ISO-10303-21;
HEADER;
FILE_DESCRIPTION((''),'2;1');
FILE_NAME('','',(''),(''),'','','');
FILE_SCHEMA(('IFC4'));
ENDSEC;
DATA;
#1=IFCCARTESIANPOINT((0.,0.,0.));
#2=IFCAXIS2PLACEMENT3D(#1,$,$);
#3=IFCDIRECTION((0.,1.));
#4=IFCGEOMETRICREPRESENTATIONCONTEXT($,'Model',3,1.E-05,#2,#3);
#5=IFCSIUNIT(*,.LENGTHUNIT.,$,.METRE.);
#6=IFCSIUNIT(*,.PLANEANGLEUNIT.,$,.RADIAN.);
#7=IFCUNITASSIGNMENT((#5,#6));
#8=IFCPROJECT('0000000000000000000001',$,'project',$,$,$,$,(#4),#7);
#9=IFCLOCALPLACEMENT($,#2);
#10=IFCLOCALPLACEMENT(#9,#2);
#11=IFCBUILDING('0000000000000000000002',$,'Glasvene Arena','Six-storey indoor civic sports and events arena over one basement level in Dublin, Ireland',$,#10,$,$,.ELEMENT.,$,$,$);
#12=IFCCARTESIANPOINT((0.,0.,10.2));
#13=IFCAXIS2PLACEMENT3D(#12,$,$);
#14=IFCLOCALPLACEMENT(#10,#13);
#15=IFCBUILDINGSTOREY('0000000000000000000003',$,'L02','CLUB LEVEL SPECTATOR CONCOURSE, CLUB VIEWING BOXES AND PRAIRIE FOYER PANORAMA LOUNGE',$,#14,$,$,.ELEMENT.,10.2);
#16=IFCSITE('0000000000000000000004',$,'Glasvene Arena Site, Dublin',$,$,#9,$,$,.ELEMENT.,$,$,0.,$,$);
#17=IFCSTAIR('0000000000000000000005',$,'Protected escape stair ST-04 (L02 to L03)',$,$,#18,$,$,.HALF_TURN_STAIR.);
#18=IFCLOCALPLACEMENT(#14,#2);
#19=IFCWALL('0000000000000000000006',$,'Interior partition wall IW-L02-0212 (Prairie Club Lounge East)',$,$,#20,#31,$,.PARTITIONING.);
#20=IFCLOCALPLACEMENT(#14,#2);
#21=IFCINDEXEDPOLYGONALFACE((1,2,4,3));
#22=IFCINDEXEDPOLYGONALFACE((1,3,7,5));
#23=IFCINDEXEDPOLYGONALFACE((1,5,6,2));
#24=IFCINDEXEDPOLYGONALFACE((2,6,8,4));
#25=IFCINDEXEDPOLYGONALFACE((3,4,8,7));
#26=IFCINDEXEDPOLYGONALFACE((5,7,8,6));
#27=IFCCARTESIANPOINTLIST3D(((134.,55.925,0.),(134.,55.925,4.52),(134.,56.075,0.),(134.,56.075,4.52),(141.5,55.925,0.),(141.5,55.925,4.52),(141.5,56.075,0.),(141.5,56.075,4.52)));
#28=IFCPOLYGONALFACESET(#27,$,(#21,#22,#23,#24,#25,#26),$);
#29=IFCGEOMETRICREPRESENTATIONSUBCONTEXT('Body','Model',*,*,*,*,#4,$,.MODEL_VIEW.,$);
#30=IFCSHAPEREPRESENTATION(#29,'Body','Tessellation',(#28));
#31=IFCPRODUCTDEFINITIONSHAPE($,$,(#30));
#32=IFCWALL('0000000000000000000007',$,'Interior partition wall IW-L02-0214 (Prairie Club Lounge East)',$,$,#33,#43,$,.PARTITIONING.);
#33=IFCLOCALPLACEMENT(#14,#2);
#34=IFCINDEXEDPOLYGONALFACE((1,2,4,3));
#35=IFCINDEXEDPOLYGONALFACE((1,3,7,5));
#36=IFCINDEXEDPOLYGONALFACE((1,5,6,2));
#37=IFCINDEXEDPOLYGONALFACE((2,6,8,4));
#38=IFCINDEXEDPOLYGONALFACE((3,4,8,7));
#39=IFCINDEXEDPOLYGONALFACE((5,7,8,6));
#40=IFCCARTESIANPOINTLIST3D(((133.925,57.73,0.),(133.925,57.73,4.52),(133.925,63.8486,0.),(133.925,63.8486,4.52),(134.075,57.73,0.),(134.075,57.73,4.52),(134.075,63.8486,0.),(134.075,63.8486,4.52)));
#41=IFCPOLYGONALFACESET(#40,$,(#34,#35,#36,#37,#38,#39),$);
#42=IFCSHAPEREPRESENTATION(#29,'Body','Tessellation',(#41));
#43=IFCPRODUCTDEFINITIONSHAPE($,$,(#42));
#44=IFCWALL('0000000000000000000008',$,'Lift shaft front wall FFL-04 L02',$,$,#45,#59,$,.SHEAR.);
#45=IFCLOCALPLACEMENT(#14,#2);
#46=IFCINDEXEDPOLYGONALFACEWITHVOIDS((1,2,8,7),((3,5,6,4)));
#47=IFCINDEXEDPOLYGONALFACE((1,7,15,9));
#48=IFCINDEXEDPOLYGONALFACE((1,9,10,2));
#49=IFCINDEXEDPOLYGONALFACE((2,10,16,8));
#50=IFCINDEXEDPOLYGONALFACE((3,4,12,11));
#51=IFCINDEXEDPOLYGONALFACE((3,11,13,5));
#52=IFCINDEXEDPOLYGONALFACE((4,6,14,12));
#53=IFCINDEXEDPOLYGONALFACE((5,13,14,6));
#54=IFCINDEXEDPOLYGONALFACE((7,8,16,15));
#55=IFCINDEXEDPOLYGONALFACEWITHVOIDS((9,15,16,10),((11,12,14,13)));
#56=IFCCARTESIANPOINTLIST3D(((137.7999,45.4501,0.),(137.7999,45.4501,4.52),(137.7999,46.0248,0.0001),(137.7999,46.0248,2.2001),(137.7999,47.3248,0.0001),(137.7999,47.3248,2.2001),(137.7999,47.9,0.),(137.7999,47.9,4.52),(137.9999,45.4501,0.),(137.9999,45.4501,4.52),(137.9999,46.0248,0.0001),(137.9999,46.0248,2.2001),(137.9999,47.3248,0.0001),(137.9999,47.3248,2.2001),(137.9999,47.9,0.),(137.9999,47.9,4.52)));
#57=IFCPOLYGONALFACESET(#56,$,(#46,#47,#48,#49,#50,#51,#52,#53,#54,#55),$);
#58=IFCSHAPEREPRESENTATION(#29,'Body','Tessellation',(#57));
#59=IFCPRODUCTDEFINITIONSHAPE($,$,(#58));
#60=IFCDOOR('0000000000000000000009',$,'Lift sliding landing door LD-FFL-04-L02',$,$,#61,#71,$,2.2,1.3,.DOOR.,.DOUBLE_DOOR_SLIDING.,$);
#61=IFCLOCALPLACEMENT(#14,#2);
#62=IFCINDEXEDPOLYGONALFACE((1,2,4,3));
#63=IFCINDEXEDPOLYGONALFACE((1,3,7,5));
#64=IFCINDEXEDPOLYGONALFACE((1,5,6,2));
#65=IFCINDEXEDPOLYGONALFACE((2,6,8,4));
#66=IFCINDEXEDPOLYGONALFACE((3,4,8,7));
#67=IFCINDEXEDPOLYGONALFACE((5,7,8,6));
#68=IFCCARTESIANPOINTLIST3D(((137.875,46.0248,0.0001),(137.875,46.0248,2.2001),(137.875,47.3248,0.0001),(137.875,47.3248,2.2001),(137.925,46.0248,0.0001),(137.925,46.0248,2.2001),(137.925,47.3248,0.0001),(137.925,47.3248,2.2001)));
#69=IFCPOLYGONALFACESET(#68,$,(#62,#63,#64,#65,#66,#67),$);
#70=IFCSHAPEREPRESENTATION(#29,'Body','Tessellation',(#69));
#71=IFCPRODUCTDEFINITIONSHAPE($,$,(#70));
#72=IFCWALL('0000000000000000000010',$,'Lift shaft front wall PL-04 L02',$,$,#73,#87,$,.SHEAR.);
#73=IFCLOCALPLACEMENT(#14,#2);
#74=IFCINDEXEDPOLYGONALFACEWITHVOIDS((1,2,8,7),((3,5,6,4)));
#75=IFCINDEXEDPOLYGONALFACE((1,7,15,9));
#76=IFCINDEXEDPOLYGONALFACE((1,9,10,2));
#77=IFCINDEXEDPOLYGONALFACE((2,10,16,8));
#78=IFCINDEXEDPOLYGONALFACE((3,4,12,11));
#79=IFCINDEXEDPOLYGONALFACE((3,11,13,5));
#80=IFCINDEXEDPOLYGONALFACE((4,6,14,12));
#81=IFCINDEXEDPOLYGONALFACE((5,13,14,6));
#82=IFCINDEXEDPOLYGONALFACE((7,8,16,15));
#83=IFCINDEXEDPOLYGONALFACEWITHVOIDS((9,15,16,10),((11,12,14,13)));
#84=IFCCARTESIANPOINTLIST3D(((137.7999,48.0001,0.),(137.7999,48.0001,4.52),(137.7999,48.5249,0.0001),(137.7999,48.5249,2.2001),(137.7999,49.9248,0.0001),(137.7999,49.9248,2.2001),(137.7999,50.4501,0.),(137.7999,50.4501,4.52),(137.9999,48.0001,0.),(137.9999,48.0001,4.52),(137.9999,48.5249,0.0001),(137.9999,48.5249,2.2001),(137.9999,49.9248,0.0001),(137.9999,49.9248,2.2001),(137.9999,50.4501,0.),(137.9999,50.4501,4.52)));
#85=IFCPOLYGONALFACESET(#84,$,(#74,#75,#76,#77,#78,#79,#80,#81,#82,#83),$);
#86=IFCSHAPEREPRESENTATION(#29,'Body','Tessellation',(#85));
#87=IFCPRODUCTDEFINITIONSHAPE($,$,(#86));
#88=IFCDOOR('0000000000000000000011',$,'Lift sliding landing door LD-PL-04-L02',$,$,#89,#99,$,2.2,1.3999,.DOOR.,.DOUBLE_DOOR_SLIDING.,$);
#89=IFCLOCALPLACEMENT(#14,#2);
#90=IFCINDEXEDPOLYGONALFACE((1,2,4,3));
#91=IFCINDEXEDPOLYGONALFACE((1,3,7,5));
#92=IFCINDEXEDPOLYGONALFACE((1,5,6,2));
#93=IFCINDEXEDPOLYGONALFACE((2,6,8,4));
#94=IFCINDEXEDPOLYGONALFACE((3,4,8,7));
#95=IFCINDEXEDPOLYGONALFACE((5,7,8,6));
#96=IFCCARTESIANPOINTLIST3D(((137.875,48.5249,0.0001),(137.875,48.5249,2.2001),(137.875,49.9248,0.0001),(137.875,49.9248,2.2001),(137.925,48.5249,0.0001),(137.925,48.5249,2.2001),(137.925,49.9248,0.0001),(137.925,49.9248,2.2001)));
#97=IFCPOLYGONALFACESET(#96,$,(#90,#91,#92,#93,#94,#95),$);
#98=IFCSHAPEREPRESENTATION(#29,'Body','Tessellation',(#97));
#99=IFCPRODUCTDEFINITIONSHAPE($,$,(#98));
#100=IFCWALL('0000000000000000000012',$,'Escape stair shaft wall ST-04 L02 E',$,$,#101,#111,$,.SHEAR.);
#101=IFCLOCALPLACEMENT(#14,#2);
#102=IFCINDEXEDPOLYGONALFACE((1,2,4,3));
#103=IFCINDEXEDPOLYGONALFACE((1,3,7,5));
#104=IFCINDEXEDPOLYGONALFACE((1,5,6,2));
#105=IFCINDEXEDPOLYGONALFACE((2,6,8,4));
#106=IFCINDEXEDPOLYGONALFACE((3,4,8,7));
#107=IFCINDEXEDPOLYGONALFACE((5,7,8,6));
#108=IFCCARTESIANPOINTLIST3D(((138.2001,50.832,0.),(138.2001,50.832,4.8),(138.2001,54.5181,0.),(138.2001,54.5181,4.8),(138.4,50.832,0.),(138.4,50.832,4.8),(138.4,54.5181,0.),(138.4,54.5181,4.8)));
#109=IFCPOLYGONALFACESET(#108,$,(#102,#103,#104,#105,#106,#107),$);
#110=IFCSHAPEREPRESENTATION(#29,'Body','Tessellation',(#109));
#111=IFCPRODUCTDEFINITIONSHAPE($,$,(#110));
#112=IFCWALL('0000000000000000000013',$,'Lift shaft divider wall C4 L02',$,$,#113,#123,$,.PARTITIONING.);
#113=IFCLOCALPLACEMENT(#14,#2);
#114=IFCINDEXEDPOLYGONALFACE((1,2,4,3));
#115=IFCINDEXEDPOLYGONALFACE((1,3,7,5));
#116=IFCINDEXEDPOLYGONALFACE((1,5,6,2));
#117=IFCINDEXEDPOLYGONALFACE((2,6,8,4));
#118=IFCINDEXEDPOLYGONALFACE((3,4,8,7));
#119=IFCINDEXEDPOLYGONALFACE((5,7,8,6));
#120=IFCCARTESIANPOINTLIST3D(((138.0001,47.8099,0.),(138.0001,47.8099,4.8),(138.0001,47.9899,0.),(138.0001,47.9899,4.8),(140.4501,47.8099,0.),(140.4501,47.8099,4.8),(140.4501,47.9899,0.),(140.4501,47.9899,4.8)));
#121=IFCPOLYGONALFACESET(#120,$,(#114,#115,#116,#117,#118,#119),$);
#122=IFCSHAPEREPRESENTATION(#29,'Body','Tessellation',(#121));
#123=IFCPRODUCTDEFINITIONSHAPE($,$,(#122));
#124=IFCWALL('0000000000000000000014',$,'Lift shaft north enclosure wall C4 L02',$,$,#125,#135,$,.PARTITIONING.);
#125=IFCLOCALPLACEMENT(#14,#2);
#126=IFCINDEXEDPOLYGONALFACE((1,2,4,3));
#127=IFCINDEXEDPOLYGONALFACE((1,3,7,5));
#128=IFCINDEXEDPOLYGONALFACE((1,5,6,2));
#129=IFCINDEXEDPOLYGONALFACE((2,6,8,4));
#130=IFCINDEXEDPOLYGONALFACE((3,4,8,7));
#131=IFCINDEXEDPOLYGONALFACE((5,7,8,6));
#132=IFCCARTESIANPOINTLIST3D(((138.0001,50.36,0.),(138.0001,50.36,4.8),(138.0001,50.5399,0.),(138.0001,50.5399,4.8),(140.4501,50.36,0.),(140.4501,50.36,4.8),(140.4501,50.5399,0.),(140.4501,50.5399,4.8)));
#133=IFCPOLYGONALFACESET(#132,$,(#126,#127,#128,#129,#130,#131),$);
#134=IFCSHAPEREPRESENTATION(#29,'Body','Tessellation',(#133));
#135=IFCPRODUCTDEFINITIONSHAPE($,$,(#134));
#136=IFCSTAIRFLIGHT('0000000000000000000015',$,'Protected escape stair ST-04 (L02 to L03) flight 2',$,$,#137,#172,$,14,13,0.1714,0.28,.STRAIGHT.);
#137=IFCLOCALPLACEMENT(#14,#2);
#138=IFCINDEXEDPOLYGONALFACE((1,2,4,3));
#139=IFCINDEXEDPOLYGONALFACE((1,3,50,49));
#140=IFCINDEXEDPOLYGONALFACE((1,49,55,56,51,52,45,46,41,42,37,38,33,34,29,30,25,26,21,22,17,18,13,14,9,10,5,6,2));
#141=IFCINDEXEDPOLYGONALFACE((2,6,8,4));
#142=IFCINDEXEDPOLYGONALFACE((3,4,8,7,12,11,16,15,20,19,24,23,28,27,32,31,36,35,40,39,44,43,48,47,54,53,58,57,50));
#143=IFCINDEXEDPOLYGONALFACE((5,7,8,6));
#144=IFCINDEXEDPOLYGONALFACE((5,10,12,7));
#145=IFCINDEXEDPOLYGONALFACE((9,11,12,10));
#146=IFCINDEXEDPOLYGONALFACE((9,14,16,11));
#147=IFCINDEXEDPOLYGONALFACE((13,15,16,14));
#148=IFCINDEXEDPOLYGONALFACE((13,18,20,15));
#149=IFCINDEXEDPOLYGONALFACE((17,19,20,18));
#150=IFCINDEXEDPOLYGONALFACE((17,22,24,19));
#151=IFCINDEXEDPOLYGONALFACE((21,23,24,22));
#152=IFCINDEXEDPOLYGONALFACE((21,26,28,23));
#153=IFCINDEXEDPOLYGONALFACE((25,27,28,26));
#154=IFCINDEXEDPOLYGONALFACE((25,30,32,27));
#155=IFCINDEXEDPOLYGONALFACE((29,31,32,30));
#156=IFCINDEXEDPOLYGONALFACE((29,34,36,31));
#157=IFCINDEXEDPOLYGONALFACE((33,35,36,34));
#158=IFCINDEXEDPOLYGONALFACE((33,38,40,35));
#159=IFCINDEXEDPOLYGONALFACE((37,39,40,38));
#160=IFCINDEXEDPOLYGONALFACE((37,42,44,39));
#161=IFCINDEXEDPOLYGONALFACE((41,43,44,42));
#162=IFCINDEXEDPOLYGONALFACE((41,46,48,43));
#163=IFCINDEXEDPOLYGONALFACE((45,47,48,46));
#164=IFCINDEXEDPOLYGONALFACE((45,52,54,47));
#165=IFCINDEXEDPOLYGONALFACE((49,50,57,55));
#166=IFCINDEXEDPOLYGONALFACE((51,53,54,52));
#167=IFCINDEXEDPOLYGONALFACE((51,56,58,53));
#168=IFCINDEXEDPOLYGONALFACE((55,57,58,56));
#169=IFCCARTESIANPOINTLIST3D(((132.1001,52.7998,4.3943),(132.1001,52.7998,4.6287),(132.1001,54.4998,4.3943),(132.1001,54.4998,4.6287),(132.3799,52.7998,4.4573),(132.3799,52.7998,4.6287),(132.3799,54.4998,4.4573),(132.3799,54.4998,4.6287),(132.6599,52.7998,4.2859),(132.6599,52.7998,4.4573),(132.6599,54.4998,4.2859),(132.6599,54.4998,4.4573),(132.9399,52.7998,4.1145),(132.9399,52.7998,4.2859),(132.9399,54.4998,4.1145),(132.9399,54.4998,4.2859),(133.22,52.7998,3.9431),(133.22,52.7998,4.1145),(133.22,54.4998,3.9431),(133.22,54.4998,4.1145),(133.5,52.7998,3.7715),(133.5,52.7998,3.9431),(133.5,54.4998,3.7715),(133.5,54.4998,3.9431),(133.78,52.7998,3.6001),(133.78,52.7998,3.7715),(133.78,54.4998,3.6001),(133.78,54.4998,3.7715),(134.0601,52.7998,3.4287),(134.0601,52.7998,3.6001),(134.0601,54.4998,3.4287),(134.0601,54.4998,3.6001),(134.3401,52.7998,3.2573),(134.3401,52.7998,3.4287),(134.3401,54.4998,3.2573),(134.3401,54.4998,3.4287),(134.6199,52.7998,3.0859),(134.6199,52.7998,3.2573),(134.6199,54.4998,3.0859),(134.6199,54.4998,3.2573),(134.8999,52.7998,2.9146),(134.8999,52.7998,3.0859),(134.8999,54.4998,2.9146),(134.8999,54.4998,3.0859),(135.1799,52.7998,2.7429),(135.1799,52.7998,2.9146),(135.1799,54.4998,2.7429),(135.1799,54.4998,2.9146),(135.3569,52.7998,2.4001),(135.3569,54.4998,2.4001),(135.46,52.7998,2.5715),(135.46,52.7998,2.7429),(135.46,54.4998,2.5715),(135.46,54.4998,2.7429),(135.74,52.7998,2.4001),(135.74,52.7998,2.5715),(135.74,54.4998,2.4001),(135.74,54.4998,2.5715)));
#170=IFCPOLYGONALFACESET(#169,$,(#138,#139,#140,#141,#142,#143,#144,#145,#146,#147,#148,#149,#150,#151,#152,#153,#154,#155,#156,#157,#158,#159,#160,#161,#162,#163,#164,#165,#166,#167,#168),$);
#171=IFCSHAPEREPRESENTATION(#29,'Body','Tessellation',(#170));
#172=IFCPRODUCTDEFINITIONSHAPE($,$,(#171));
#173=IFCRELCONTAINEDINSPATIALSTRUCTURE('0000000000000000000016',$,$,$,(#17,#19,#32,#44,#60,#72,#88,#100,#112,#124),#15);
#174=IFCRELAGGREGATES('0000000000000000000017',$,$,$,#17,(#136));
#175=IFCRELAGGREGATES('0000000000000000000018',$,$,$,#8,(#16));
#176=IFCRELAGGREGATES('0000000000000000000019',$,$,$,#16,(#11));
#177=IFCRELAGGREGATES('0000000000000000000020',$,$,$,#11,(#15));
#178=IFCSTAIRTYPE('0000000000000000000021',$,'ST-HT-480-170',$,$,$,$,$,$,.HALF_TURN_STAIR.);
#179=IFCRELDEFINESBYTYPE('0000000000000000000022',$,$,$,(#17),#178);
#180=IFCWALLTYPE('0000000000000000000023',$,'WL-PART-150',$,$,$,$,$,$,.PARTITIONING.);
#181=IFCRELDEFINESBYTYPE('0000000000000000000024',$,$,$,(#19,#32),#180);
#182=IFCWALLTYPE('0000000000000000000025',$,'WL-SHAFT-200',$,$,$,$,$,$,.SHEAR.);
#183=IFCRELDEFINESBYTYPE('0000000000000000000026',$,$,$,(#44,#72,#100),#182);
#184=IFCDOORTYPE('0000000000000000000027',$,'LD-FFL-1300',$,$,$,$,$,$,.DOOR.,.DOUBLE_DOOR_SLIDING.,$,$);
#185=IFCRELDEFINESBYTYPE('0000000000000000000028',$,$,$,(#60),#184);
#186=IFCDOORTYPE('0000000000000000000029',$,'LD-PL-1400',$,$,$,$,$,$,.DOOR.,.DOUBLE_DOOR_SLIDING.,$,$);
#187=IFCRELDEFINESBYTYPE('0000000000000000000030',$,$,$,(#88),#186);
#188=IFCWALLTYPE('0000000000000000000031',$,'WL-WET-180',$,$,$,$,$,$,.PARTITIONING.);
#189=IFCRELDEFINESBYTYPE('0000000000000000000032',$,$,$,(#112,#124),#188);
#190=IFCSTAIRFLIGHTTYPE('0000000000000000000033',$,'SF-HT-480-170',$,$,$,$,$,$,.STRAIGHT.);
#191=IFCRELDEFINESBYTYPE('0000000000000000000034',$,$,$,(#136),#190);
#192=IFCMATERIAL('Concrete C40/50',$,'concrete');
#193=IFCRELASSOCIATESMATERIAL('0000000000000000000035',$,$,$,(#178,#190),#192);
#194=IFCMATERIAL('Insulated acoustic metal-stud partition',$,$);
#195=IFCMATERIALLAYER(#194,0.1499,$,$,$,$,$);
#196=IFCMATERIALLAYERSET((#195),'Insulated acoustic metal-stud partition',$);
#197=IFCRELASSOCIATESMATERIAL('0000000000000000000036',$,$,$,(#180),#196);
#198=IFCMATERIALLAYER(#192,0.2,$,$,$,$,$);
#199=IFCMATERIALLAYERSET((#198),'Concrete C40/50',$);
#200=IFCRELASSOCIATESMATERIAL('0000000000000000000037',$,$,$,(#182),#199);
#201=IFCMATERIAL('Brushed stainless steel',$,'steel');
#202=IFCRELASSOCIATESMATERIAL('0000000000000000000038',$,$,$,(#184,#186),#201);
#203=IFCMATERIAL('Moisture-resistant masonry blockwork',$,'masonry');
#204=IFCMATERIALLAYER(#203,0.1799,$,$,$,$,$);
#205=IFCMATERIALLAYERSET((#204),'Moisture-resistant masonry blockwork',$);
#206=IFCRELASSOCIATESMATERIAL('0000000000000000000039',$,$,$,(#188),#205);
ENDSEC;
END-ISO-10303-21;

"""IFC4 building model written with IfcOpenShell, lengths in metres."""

from ifc_helpers import new_model, si_unit, direction, frame, frame_2d, origin, place, context, subcontext, project, spatial, polyline, rectangle, outline, extrude, material, layer, layer_set, type_object, element, fill, aggregate, save


model = new_model("IFC4")

# Units and contexts
model_context = context("Model", 3, precision=1e-05, world=origin(), true_north=direction((0.0, 1.0)))
body_context = subcontext(model_context, "Body", "Model", "MODEL_VIEW")
ifc_project = project(units=[si_unit("LENGTHUNIT", "METRE"), si_unit("PLANEANGLEUNIT", "RADIAN")], contexts=[model_context])

# Site, building, storey
site_placement = place(None, origin())
site = spatial("IfcSite", under=ifc_project, at=site_placement, Name="Glasvene Arena Site, Dublin", CompositionType="ELEMENT", RefElevation=0.0)
building_placement = place(site_placement, origin())
building = spatial("IfcBuilding", under=site, at=building_placement, Name="Glasvene Arena", Description="Six-storey indoor civic sports and events arena over one basement level in Dublin, Ireland", CompositionType="ELEMENT")
storey_placement = place(building_placement, frame((0.0, 0.0, 10.2)))
storey = spatial("IfcBuildingStorey", under=building, at=storey_placement, Name="L02", Description="CLUB LEVEL SPECTATOR CONCOURSE, CLUB VIEWING BOXES AND PRAIRIE FOYER PANORAMA LOUNGE", CompositionType="ELEMENT", Elevation=10.2)

# Stair
ifc_material_1 = material(Name="Concrete C40/50", Category="concrete")
stair_type = type_object("IfcStairType", Name="ST-HT-480-170", PredefinedType="HALF_TURN_STAIR", material=ifc_material_1)
stair_placement = place(storey_placement, origin())
stair = element("IfcStair", 1, at=stair_placement, inside=storey, type_object=stair_type, Name="Protected escape stair ST-04 (L02 to L03)", PredefinedType="HALF_TURN_STAIR")

# Walls
ifc_material_2 = material(Name="Insulated acoustic metal-stud partition")
ifc_layer_1 = layer(ifc_material_2, 0.1499)
ifc_layer_set_1 = layer_set([ifc_layer_1], Name="Insulated acoustic metal-stud partition")
wall_type_1 = type_object("IfcWallType", Name="WL-PART-150", PredefinedType="PARTITIONING", material=ifc_layer_set_1)
wall_1_placement = place(storey_placement, frame((141.5, 56.0, 0.0), z_axis=(0.0, 0.0, 1.0), x_axis=(-1.0, 0.0, 0.0)))
element("IfcWall", 2, at=wall_1_placement, inside=storey, type_object=wall_type_1, Name="Interior partition wall IW-L02-0212 (Prairie Club Lounge East)", PredefinedType="PARTITIONING", context=body_context, shape_type="SweptSolid", body=[
    extrude(rectangle(XDim=7.5, YDim=0.1499, at=frame_2d((3.75, 0.0))), origin(), (0.0, 0.0, 1.0), 4.52),
])
wall_2_placement = place(storey_placement, frame((134.0, 57.73, 0.0), z_axis=(0.0, 0.0, 1.0), x_axis=(0.0, 1.0, 0.0)))
element("IfcWall", 3, at=wall_2_placement, inside=storey, type_object=wall_type_1, Name="Interior partition wall IW-L02-0214 (Prairie Club Lounge East)", PredefinedType="PARTITIONING", context=body_context, shape_type="SweptSolid", body=[
    extrude(rectangle(XDim=6.1187, YDim=0.1499, at=frame_2d((3.0593, 0.0))), origin(), (0.0, 0.0, 1.0), 4.52),
])

# Walls, openings, doors
ifc_layer_2 = layer(ifc_material_1, 0.2)
ifc_layer_set_2 = layer_set([ifc_layer_2], Name="Concrete C40/50")
wall_type_2 = type_object("IfcWallType", Name="WL-SHAFT-200", PredefinedType="SHEAR", material=ifc_layer_set_2)
wall_3_placement = place(storey_placement, frame((137.8999, 45.45, 0.0), z_axis=(0.0, 0.0, 1.0), x_axis=(0.0, 1.0, 0.0)))
wall_3 = element("IfcWall", 4, at=wall_3_placement, inside=storey, type_object=wall_type_2, Name="Lift shaft front wall FFL-04 L02", PredefinedType="SHEAR", context=body_context, shape_type="SweptSolid", body=[
    extrude(rectangle(XDim=2.45, YDim=0.2, at=frame_2d((1.2251, 0.0))), origin(), (0.0, 0.0, 1.0), 4.52),
])
opening_1_placement = place(wall_3_placement, frame((0.575, 0.0, 0.0)))
opening_1 = element("IfcOpeningElement", 5, at=opening_1_placement, cuts=wall_3, PredefinedType="OPENING", context=body_context, shape_type="SweptSolid", body=[
    extrude(rectangle(XDim=1.3, YDim=2.2, at=frame_2d((0.6499, 1.1001))), frame((0.0, 0.1099, 0.0), z_axis=(0.0, -1.0, 0.0), x_axis=(1.0, 0.0, 0.0)), (0.0, 0.0, 1.0), 0.22),
])
ifc_material_3 = material(Name="Brushed stainless steel", Category="steel")
door_type_1 = type_object("IfcDoorType", Name="LD-FFL-1300", OperationType="DOUBLE_DOOR_SLIDING", PredefinedType="DOOR", material=ifc_material_3)
door_1_placement = place(opening_1_placement, origin())
door_1 = element("IfcDoor", 6, at=door_1_placement, inside=storey, type_object=door_type_1, Name="Lift sliding landing door LD-FFL-04-L02", OperationType="DOUBLE_DOOR_SLIDING", OverallHeight=2.2, OverallWidth=1.3, PredefinedType="DOOR", context=body_context, shape_type="SweptSolid", body=[
    extrude(rectangle(XDim=1.3, YDim=2.2, at=frame_2d((0.6499, 1.1001))), frame((0.0, 0.0249, 0.0), z_axis=(0.0, -1.0, 0.0), x_axis=(1.0, 0.0, 0.0)), (0.0, 0.0, 1.0), 0.05),
])
fill(opening_1, door_1)
wall_4_placement = place(storey_placement, frame((137.8999, 48.0, 0.0), z_axis=(0.0, 0.0, 1.0), x_axis=(0.0, 1.0, 0.0)))
wall_4 = element("IfcWall", 7, at=wall_4_placement, inside=storey, type_object=wall_type_2, Name="Lift shaft front wall PL-04 L02", PredefinedType="SHEAR", context=body_context, shape_type="SweptSolid", body=[
    extrude(rectangle(XDim=2.45, YDim=0.2, at=frame_2d((1.2251, 0.0))), origin(), (0.0, 0.0, 1.0), 4.52),
])
opening_2_placement = place(wall_4_placement, frame((0.5249, 0.0, 0.0)))
opening_2 = element("IfcOpeningElement", 8, at=opening_2_placement, cuts=wall_4, PredefinedType="OPENING", context=body_context, shape_type="SweptSolid", body=[
    extrude(rectangle(XDim=1.3999, YDim=2.2, at=frame_2d((0.7, 1.1001))), frame((0.0, 0.1099, 0.0), z_axis=(0.0, -1.0, 0.0), x_axis=(1.0, 0.0, 0.0)), (0.0, 0.0, 1.0), 0.22),
])
door_type_2 = type_object("IfcDoorType", Name="LD-PL-1400", OperationType="DOUBLE_DOOR_SLIDING", PredefinedType="DOOR", material=ifc_material_3)
door_2_placement = place(opening_2_placement, origin())
door_2 = element("IfcDoor", 9, at=door_2_placement, inside=storey, type_object=door_type_2, Name="Lift sliding landing door LD-PL-04-L02", OperationType="DOUBLE_DOOR_SLIDING", OverallHeight=2.2, OverallWidth=1.3999, PredefinedType="DOOR", context=body_context, shape_type="SweptSolid", body=[
    extrude(rectangle(XDim=1.3999, YDim=2.2, at=frame_2d((0.7, 1.1001))), frame((0.0, 0.0249, 0.0), z_axis=(0.0, -1.0, 0.0), x_axis=(1.0, 0.0, 0.0)), (0.0, 0.0, 1.0), 0.05),
])
fill(opening_2, door_2)

# Walls
wall_5_placement = place(storey_placement, frame((138.3, 50.832, 0.0), z_axis=(0.0, 0.0, 1.0), x_axis=(0.0, 1.0, 0.0)))
element("IfcWall", 10, at=wall_5_placement, inside=storey, type_object=wall_type_2, Name="Escape stair shaft wall ST-04 L02 E", PredefinedType="SHEAR", context=body_context, shape_type="SweptSolid", body=[
    extrude(rectangle(XDim=3.686, YDim=0.2, at=frame_2d((1.843, 0.0))), origin(), (0.0, 0.0, 1.0), 4.8),
])
ifc_material_4 = material(Name="Moisture-resistant masonry blockwork", Category="masonry")
ifc_layer_3 = layer(ifc_material_4, 0.1799)
ifc_layer_set_3 = layer_set([ifc_layer_3], Name="Moisture-resistant masonry blockwork")
wall_type_3 = type_object("IfcWallType", Name="WL-WET-180", PredefinedType="PARTITIONING", material=ifc_layer_set_3)
for number, where, z_axis, x_axis, name in (
    (11, (138.0, 47.8999, 0.0), (0.0, 0.0, 1.0), (1.0, 0.0, 0.0), "Lift shaft divider wall C4 L02"),
    (12, (138.0, 50.45, 0.0), (0.0, 0.0, 1.0), (1.0, 0.0, 0.0), "Lift shaft north enclosure wall C4 L02"),
):
    element("IfcWall", number, at=place(storey_placement, frame(where, z_axis=z_axis, x_axis=x_axis)), inside=storey, type_object=wall_type_3, Name=name, PredefinedType="PARTITIONING", context=body_context, shape_type="SweptSolid", body=[
        extrude(rectangle(XDim=2.45, YDim=0.1799, at=frame_2d((1.2251, 0.0))), origin(), (0.0, 0.0, 1.0), 4.8),
    ])

# Stair flight
stair_flight_type = type_object("IfcStairFlightType", Name="SF-HT-480-170", PredefinedType="STRAIGHT", material=ifc_material_1)
stair_flight_placement = place(storey_placement, frame((135.74, 53.6499, 2.4001), z_axis=(0.0, 0.0, 1.0), x_axis=(-1.0, 0.0, 0.0)))
stair_flight = element("IfcStairFlight", 13, at=stair_flight_placement, type_object=stair_flight_type, Name="Protected escape stair ST-04 (L02 to L03) flight 2", NumberOfRisers=14, NumberOfTreads=13, PredefinedType="STRAIGHT", RiserHeight=0.1714, TreadLength=0.28, context=body_context, shape_type="SweptSolid", body=[
    extrude(outline(polyline([(0.0, 0.0), (0.0, 0.1714), (0.28, 0.1714), (0.28, 0.3428), (0.5601, 0.3428), (0.5601, 0.5144), (0.8401, 0.5144), (0.8401, 0.6858), (1.1201, 0.6858), (1.1201, 0.8572), (1.3999, 0.8572), (1.3999, 1.0286), (1.6799, 1.0286), (1.6799, 1.2), (1.96, 1.2), (1.96, 1.3713), (2.24, 1.3713), (2.24, 1.543), (2.52, 1.543), (2.52, 1.7144), (2.8, 1.7144), (2.8, 1.8857), (3.0801, 1.8857), (3.0801, 2.0571), (3.3601, 2.0571), (3.3601, 2.2285), (3.6399, 2.2285), (3.6399, 2.3999), (3.6399, 1.9941), (0.3831, 0.0), (0.0, 0.0)])), frame((0.0, 0.8501, 0.0), z_axis=(0.0, -1.0, 0.0), x_axis=(1.0, 0.0, 0.0)), (0.0, 0.0, 1.0), 1.7),
])
aggregate(stair, [stair_flight])

save(model, "model.ifc")
